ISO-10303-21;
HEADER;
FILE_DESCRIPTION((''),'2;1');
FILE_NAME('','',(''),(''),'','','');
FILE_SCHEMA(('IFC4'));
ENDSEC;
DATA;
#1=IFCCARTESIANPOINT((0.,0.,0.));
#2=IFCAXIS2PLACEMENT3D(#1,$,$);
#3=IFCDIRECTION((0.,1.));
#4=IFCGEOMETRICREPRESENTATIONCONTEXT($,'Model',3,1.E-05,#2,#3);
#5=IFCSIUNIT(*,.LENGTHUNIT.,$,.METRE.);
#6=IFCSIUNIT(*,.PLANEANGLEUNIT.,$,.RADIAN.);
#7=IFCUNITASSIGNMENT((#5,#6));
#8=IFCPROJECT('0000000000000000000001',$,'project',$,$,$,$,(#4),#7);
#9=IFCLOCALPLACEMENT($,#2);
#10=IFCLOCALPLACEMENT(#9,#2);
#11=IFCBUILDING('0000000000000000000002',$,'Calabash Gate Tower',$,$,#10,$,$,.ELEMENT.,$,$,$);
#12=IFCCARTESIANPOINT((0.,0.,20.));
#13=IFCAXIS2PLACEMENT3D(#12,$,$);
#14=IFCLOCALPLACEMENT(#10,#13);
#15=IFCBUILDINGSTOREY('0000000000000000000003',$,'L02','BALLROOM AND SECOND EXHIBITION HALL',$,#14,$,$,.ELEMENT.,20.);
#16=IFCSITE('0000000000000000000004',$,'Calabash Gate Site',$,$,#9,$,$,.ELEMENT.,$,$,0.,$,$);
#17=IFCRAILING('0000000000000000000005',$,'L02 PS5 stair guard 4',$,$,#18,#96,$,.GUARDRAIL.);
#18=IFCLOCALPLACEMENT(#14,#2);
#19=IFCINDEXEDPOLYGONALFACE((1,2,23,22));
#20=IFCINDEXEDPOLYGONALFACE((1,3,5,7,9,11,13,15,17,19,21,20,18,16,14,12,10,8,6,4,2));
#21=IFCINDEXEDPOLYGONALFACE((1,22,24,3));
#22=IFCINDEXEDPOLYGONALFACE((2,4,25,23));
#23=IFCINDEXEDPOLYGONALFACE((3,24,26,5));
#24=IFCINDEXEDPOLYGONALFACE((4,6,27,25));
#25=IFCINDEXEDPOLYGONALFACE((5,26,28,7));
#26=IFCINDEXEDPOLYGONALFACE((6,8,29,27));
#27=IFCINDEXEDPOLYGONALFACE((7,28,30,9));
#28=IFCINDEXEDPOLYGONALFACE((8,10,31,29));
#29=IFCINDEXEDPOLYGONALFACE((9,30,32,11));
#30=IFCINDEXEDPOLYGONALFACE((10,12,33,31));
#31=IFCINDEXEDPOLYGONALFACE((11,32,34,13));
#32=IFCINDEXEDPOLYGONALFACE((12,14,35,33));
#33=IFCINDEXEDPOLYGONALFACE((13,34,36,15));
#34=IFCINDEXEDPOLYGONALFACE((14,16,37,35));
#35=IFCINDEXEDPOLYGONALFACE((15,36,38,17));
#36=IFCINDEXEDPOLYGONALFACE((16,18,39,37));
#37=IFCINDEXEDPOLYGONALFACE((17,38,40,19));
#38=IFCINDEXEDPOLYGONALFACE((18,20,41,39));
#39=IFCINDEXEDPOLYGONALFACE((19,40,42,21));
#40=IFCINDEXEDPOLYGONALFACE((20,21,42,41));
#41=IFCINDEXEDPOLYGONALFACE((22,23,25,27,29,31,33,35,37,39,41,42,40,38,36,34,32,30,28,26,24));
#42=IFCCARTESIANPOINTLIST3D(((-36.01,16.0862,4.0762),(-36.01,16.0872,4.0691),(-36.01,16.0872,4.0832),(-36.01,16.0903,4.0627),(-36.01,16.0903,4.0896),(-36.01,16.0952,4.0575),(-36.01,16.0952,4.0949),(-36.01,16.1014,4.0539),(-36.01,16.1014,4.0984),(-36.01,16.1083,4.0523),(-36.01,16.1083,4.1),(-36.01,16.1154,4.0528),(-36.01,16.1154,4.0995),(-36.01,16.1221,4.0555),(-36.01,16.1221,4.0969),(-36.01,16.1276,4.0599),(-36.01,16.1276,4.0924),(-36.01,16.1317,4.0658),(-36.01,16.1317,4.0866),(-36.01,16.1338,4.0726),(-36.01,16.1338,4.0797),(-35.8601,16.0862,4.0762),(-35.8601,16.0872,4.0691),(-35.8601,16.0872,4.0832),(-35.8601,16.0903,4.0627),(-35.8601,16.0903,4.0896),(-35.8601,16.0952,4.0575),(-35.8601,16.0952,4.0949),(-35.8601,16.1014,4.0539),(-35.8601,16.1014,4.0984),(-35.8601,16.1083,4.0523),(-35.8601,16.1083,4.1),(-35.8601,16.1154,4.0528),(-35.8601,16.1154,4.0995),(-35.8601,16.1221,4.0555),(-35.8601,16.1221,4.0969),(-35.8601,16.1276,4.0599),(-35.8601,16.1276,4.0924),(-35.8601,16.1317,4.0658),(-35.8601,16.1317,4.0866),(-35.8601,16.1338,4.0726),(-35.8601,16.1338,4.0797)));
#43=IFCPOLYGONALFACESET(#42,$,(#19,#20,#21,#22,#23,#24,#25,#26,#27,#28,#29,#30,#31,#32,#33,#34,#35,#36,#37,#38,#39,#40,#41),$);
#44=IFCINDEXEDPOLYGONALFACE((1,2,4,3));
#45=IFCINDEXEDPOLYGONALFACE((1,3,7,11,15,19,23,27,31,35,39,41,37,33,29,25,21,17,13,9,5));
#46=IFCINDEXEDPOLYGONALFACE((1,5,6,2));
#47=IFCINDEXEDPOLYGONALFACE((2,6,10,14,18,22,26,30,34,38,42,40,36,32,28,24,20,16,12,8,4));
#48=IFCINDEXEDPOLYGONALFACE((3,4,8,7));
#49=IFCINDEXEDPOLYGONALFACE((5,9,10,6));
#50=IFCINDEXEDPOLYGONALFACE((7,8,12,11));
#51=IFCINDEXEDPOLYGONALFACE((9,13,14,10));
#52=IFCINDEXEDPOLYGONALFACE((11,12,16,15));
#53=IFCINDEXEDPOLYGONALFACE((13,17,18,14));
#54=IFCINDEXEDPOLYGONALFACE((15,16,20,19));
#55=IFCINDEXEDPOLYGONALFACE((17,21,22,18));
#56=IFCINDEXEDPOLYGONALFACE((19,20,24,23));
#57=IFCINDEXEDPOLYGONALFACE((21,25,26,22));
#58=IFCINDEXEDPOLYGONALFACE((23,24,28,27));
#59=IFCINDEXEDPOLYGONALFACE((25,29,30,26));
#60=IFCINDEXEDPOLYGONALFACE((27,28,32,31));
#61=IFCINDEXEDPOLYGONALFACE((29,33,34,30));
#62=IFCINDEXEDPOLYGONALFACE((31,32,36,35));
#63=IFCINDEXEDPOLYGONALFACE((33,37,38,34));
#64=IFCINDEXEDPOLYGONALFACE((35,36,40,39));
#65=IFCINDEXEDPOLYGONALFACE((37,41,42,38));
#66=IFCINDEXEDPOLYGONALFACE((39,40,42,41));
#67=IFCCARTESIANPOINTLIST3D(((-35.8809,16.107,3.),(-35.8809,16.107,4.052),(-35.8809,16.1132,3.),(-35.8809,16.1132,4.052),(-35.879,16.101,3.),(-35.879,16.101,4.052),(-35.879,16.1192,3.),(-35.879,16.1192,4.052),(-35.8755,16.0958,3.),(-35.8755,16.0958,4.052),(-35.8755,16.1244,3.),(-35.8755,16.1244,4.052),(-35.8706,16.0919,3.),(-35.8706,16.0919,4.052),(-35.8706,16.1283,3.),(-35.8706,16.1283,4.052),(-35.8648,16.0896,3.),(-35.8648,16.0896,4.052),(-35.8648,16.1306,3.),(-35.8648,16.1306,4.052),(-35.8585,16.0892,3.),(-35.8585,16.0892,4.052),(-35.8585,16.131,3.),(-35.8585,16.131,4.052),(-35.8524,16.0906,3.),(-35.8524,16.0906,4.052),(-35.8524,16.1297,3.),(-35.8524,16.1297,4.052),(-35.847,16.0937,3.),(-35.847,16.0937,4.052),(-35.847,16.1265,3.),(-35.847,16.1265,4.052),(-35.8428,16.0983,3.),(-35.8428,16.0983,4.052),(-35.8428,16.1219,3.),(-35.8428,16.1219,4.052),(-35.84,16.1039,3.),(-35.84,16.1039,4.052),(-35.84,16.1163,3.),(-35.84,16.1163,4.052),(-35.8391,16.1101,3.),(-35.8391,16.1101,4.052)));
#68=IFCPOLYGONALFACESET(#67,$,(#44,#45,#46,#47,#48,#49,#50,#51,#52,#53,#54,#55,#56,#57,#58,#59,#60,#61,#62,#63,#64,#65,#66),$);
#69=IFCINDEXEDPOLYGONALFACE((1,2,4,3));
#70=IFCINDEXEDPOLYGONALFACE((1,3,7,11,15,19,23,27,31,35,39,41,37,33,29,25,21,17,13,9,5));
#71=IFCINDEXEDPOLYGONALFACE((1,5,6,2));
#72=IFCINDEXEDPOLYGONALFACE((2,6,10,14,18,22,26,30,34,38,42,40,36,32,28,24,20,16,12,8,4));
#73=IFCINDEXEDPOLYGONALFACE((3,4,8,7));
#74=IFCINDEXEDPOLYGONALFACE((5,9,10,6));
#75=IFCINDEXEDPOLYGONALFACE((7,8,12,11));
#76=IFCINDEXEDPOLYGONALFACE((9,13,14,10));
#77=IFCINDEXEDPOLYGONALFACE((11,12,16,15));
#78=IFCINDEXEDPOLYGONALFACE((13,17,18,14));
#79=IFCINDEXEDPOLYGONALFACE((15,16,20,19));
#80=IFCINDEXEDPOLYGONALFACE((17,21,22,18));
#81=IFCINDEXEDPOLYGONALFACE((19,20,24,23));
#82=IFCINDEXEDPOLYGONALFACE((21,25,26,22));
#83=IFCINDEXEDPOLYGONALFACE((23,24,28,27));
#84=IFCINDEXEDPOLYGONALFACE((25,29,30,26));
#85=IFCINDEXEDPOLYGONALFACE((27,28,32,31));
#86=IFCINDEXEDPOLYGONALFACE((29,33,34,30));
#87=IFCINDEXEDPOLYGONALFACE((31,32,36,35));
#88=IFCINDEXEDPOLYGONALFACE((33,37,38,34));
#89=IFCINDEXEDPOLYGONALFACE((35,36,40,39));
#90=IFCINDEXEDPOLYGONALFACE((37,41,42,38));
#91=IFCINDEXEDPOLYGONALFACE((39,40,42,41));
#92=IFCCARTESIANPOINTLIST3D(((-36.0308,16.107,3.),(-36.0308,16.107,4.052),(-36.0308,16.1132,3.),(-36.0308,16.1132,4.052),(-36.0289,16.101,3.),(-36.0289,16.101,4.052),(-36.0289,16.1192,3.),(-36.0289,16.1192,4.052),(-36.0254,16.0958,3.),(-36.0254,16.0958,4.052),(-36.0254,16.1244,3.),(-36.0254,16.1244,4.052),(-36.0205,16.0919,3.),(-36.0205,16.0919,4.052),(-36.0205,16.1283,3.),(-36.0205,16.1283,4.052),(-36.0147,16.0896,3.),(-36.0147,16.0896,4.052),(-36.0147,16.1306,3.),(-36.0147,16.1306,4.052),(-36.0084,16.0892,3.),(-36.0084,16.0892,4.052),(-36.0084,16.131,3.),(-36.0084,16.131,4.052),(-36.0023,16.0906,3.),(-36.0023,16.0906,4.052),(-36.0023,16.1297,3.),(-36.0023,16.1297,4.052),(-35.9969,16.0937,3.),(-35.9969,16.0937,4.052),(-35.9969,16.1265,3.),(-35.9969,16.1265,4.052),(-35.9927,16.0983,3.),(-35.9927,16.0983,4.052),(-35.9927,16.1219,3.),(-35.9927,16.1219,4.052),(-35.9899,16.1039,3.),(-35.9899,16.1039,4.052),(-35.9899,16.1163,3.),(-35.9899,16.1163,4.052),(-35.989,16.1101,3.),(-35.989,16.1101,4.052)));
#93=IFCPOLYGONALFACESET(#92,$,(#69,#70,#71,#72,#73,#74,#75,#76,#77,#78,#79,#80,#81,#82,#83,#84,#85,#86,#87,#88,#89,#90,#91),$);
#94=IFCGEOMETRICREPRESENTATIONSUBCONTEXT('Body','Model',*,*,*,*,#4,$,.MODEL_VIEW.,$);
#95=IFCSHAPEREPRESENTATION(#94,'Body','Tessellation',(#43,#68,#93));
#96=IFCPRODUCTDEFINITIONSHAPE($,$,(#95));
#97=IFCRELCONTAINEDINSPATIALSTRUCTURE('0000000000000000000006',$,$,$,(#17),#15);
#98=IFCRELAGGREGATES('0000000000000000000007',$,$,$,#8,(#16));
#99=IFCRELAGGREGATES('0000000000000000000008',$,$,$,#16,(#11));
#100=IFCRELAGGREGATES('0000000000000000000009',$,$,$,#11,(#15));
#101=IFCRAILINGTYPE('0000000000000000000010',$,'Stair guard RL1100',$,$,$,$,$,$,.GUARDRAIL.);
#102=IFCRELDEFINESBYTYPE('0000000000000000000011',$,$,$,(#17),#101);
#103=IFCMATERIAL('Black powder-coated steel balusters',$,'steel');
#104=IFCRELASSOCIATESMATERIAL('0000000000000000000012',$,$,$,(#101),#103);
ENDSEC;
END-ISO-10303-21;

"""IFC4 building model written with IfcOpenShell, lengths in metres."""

from ifc_helpers import new_model, si_unit, direction, frame, origin, origin_2d, place, context, subcontext, project, spatial, circle, extrude, material, type_object, element, save


model = new_model("IFC4")

# Units and contexts
model_context = context("Model", 3, precision=1e-05, world=origin(), true_north=direction((0.0, 1.0)))
body_context = subcontext(model_context, "Body", "Model", "MODEL_VIEW")
ifc_project = project(units=[si_unit("LENGTHUNIT", "METRE"), si_unit("PLANEANGLEUNIT", "RADIAN")], contexts=[model_context])

# Site, building, storey
site_placement = place(None, origin())
site = spatial("IfcSite", under=ifc_project, at=site_placement, Name="Calabash Gate Site", CompositionType="ELEMENT", RefElevation=0.0)
building_placement = place(site_placement, origin())
building = spatial("IfcBuilding", under=site, at=building_placement, Name="Calabash Gate Tower", CompositionType="ELEMENT")
storey_placement = place(building_placement, frame((0.0, 0.0, 20.0)))
storey = spatial("IfcBuildingStorey", under=building, at=storey_placement, Name="L02", Description="BALLROOM AND SECOND EXHIBITION HALL", CompositionType="ELEMENT", Elevation=20.0)

# Railing
ifc_material_1 = material(Name="Black powder-coated steel balusters", Category="steel")
railing_type_1 = type_object("IfcRailingType", Name="Stair guard RL1100", PredefinedType="GUARDRAIL", material=ifc_material_1)
railing_1_placement = place(storey_placement, frame((-35.8601, 16.1101, 3.0)))
element("IfcRailing", 1, at=railing_1_placement, inside=storey, type_object=railing_type_1, Name="L02 PS5 stair guard 4", PredefinedType="GUARDRAIL", context=body_context, shape_type="SweptSolid", body=[
    extrude(circle(Radius=0.0239, at=origin_2d()), frame((0.0, 0.0, 1.0762), z_axis=(-1.0, 0.0, 0.0), x_axis=(0.0, -1.0, 0.0)), (0.0, 0.0, 1.0), 0.1499),
    extrude(circle(Radius=0.021, at=origin_2d()), origin(), (0.0, 0.0, 1.0), 1.052),
    extrude(circle(Radius=0.021, at=origin_2d()), frame((-0.1499, 0.0, 0.0)), (0.0, 0.0, 1.0), 1.052),
])

save(model, "model.ifc")
